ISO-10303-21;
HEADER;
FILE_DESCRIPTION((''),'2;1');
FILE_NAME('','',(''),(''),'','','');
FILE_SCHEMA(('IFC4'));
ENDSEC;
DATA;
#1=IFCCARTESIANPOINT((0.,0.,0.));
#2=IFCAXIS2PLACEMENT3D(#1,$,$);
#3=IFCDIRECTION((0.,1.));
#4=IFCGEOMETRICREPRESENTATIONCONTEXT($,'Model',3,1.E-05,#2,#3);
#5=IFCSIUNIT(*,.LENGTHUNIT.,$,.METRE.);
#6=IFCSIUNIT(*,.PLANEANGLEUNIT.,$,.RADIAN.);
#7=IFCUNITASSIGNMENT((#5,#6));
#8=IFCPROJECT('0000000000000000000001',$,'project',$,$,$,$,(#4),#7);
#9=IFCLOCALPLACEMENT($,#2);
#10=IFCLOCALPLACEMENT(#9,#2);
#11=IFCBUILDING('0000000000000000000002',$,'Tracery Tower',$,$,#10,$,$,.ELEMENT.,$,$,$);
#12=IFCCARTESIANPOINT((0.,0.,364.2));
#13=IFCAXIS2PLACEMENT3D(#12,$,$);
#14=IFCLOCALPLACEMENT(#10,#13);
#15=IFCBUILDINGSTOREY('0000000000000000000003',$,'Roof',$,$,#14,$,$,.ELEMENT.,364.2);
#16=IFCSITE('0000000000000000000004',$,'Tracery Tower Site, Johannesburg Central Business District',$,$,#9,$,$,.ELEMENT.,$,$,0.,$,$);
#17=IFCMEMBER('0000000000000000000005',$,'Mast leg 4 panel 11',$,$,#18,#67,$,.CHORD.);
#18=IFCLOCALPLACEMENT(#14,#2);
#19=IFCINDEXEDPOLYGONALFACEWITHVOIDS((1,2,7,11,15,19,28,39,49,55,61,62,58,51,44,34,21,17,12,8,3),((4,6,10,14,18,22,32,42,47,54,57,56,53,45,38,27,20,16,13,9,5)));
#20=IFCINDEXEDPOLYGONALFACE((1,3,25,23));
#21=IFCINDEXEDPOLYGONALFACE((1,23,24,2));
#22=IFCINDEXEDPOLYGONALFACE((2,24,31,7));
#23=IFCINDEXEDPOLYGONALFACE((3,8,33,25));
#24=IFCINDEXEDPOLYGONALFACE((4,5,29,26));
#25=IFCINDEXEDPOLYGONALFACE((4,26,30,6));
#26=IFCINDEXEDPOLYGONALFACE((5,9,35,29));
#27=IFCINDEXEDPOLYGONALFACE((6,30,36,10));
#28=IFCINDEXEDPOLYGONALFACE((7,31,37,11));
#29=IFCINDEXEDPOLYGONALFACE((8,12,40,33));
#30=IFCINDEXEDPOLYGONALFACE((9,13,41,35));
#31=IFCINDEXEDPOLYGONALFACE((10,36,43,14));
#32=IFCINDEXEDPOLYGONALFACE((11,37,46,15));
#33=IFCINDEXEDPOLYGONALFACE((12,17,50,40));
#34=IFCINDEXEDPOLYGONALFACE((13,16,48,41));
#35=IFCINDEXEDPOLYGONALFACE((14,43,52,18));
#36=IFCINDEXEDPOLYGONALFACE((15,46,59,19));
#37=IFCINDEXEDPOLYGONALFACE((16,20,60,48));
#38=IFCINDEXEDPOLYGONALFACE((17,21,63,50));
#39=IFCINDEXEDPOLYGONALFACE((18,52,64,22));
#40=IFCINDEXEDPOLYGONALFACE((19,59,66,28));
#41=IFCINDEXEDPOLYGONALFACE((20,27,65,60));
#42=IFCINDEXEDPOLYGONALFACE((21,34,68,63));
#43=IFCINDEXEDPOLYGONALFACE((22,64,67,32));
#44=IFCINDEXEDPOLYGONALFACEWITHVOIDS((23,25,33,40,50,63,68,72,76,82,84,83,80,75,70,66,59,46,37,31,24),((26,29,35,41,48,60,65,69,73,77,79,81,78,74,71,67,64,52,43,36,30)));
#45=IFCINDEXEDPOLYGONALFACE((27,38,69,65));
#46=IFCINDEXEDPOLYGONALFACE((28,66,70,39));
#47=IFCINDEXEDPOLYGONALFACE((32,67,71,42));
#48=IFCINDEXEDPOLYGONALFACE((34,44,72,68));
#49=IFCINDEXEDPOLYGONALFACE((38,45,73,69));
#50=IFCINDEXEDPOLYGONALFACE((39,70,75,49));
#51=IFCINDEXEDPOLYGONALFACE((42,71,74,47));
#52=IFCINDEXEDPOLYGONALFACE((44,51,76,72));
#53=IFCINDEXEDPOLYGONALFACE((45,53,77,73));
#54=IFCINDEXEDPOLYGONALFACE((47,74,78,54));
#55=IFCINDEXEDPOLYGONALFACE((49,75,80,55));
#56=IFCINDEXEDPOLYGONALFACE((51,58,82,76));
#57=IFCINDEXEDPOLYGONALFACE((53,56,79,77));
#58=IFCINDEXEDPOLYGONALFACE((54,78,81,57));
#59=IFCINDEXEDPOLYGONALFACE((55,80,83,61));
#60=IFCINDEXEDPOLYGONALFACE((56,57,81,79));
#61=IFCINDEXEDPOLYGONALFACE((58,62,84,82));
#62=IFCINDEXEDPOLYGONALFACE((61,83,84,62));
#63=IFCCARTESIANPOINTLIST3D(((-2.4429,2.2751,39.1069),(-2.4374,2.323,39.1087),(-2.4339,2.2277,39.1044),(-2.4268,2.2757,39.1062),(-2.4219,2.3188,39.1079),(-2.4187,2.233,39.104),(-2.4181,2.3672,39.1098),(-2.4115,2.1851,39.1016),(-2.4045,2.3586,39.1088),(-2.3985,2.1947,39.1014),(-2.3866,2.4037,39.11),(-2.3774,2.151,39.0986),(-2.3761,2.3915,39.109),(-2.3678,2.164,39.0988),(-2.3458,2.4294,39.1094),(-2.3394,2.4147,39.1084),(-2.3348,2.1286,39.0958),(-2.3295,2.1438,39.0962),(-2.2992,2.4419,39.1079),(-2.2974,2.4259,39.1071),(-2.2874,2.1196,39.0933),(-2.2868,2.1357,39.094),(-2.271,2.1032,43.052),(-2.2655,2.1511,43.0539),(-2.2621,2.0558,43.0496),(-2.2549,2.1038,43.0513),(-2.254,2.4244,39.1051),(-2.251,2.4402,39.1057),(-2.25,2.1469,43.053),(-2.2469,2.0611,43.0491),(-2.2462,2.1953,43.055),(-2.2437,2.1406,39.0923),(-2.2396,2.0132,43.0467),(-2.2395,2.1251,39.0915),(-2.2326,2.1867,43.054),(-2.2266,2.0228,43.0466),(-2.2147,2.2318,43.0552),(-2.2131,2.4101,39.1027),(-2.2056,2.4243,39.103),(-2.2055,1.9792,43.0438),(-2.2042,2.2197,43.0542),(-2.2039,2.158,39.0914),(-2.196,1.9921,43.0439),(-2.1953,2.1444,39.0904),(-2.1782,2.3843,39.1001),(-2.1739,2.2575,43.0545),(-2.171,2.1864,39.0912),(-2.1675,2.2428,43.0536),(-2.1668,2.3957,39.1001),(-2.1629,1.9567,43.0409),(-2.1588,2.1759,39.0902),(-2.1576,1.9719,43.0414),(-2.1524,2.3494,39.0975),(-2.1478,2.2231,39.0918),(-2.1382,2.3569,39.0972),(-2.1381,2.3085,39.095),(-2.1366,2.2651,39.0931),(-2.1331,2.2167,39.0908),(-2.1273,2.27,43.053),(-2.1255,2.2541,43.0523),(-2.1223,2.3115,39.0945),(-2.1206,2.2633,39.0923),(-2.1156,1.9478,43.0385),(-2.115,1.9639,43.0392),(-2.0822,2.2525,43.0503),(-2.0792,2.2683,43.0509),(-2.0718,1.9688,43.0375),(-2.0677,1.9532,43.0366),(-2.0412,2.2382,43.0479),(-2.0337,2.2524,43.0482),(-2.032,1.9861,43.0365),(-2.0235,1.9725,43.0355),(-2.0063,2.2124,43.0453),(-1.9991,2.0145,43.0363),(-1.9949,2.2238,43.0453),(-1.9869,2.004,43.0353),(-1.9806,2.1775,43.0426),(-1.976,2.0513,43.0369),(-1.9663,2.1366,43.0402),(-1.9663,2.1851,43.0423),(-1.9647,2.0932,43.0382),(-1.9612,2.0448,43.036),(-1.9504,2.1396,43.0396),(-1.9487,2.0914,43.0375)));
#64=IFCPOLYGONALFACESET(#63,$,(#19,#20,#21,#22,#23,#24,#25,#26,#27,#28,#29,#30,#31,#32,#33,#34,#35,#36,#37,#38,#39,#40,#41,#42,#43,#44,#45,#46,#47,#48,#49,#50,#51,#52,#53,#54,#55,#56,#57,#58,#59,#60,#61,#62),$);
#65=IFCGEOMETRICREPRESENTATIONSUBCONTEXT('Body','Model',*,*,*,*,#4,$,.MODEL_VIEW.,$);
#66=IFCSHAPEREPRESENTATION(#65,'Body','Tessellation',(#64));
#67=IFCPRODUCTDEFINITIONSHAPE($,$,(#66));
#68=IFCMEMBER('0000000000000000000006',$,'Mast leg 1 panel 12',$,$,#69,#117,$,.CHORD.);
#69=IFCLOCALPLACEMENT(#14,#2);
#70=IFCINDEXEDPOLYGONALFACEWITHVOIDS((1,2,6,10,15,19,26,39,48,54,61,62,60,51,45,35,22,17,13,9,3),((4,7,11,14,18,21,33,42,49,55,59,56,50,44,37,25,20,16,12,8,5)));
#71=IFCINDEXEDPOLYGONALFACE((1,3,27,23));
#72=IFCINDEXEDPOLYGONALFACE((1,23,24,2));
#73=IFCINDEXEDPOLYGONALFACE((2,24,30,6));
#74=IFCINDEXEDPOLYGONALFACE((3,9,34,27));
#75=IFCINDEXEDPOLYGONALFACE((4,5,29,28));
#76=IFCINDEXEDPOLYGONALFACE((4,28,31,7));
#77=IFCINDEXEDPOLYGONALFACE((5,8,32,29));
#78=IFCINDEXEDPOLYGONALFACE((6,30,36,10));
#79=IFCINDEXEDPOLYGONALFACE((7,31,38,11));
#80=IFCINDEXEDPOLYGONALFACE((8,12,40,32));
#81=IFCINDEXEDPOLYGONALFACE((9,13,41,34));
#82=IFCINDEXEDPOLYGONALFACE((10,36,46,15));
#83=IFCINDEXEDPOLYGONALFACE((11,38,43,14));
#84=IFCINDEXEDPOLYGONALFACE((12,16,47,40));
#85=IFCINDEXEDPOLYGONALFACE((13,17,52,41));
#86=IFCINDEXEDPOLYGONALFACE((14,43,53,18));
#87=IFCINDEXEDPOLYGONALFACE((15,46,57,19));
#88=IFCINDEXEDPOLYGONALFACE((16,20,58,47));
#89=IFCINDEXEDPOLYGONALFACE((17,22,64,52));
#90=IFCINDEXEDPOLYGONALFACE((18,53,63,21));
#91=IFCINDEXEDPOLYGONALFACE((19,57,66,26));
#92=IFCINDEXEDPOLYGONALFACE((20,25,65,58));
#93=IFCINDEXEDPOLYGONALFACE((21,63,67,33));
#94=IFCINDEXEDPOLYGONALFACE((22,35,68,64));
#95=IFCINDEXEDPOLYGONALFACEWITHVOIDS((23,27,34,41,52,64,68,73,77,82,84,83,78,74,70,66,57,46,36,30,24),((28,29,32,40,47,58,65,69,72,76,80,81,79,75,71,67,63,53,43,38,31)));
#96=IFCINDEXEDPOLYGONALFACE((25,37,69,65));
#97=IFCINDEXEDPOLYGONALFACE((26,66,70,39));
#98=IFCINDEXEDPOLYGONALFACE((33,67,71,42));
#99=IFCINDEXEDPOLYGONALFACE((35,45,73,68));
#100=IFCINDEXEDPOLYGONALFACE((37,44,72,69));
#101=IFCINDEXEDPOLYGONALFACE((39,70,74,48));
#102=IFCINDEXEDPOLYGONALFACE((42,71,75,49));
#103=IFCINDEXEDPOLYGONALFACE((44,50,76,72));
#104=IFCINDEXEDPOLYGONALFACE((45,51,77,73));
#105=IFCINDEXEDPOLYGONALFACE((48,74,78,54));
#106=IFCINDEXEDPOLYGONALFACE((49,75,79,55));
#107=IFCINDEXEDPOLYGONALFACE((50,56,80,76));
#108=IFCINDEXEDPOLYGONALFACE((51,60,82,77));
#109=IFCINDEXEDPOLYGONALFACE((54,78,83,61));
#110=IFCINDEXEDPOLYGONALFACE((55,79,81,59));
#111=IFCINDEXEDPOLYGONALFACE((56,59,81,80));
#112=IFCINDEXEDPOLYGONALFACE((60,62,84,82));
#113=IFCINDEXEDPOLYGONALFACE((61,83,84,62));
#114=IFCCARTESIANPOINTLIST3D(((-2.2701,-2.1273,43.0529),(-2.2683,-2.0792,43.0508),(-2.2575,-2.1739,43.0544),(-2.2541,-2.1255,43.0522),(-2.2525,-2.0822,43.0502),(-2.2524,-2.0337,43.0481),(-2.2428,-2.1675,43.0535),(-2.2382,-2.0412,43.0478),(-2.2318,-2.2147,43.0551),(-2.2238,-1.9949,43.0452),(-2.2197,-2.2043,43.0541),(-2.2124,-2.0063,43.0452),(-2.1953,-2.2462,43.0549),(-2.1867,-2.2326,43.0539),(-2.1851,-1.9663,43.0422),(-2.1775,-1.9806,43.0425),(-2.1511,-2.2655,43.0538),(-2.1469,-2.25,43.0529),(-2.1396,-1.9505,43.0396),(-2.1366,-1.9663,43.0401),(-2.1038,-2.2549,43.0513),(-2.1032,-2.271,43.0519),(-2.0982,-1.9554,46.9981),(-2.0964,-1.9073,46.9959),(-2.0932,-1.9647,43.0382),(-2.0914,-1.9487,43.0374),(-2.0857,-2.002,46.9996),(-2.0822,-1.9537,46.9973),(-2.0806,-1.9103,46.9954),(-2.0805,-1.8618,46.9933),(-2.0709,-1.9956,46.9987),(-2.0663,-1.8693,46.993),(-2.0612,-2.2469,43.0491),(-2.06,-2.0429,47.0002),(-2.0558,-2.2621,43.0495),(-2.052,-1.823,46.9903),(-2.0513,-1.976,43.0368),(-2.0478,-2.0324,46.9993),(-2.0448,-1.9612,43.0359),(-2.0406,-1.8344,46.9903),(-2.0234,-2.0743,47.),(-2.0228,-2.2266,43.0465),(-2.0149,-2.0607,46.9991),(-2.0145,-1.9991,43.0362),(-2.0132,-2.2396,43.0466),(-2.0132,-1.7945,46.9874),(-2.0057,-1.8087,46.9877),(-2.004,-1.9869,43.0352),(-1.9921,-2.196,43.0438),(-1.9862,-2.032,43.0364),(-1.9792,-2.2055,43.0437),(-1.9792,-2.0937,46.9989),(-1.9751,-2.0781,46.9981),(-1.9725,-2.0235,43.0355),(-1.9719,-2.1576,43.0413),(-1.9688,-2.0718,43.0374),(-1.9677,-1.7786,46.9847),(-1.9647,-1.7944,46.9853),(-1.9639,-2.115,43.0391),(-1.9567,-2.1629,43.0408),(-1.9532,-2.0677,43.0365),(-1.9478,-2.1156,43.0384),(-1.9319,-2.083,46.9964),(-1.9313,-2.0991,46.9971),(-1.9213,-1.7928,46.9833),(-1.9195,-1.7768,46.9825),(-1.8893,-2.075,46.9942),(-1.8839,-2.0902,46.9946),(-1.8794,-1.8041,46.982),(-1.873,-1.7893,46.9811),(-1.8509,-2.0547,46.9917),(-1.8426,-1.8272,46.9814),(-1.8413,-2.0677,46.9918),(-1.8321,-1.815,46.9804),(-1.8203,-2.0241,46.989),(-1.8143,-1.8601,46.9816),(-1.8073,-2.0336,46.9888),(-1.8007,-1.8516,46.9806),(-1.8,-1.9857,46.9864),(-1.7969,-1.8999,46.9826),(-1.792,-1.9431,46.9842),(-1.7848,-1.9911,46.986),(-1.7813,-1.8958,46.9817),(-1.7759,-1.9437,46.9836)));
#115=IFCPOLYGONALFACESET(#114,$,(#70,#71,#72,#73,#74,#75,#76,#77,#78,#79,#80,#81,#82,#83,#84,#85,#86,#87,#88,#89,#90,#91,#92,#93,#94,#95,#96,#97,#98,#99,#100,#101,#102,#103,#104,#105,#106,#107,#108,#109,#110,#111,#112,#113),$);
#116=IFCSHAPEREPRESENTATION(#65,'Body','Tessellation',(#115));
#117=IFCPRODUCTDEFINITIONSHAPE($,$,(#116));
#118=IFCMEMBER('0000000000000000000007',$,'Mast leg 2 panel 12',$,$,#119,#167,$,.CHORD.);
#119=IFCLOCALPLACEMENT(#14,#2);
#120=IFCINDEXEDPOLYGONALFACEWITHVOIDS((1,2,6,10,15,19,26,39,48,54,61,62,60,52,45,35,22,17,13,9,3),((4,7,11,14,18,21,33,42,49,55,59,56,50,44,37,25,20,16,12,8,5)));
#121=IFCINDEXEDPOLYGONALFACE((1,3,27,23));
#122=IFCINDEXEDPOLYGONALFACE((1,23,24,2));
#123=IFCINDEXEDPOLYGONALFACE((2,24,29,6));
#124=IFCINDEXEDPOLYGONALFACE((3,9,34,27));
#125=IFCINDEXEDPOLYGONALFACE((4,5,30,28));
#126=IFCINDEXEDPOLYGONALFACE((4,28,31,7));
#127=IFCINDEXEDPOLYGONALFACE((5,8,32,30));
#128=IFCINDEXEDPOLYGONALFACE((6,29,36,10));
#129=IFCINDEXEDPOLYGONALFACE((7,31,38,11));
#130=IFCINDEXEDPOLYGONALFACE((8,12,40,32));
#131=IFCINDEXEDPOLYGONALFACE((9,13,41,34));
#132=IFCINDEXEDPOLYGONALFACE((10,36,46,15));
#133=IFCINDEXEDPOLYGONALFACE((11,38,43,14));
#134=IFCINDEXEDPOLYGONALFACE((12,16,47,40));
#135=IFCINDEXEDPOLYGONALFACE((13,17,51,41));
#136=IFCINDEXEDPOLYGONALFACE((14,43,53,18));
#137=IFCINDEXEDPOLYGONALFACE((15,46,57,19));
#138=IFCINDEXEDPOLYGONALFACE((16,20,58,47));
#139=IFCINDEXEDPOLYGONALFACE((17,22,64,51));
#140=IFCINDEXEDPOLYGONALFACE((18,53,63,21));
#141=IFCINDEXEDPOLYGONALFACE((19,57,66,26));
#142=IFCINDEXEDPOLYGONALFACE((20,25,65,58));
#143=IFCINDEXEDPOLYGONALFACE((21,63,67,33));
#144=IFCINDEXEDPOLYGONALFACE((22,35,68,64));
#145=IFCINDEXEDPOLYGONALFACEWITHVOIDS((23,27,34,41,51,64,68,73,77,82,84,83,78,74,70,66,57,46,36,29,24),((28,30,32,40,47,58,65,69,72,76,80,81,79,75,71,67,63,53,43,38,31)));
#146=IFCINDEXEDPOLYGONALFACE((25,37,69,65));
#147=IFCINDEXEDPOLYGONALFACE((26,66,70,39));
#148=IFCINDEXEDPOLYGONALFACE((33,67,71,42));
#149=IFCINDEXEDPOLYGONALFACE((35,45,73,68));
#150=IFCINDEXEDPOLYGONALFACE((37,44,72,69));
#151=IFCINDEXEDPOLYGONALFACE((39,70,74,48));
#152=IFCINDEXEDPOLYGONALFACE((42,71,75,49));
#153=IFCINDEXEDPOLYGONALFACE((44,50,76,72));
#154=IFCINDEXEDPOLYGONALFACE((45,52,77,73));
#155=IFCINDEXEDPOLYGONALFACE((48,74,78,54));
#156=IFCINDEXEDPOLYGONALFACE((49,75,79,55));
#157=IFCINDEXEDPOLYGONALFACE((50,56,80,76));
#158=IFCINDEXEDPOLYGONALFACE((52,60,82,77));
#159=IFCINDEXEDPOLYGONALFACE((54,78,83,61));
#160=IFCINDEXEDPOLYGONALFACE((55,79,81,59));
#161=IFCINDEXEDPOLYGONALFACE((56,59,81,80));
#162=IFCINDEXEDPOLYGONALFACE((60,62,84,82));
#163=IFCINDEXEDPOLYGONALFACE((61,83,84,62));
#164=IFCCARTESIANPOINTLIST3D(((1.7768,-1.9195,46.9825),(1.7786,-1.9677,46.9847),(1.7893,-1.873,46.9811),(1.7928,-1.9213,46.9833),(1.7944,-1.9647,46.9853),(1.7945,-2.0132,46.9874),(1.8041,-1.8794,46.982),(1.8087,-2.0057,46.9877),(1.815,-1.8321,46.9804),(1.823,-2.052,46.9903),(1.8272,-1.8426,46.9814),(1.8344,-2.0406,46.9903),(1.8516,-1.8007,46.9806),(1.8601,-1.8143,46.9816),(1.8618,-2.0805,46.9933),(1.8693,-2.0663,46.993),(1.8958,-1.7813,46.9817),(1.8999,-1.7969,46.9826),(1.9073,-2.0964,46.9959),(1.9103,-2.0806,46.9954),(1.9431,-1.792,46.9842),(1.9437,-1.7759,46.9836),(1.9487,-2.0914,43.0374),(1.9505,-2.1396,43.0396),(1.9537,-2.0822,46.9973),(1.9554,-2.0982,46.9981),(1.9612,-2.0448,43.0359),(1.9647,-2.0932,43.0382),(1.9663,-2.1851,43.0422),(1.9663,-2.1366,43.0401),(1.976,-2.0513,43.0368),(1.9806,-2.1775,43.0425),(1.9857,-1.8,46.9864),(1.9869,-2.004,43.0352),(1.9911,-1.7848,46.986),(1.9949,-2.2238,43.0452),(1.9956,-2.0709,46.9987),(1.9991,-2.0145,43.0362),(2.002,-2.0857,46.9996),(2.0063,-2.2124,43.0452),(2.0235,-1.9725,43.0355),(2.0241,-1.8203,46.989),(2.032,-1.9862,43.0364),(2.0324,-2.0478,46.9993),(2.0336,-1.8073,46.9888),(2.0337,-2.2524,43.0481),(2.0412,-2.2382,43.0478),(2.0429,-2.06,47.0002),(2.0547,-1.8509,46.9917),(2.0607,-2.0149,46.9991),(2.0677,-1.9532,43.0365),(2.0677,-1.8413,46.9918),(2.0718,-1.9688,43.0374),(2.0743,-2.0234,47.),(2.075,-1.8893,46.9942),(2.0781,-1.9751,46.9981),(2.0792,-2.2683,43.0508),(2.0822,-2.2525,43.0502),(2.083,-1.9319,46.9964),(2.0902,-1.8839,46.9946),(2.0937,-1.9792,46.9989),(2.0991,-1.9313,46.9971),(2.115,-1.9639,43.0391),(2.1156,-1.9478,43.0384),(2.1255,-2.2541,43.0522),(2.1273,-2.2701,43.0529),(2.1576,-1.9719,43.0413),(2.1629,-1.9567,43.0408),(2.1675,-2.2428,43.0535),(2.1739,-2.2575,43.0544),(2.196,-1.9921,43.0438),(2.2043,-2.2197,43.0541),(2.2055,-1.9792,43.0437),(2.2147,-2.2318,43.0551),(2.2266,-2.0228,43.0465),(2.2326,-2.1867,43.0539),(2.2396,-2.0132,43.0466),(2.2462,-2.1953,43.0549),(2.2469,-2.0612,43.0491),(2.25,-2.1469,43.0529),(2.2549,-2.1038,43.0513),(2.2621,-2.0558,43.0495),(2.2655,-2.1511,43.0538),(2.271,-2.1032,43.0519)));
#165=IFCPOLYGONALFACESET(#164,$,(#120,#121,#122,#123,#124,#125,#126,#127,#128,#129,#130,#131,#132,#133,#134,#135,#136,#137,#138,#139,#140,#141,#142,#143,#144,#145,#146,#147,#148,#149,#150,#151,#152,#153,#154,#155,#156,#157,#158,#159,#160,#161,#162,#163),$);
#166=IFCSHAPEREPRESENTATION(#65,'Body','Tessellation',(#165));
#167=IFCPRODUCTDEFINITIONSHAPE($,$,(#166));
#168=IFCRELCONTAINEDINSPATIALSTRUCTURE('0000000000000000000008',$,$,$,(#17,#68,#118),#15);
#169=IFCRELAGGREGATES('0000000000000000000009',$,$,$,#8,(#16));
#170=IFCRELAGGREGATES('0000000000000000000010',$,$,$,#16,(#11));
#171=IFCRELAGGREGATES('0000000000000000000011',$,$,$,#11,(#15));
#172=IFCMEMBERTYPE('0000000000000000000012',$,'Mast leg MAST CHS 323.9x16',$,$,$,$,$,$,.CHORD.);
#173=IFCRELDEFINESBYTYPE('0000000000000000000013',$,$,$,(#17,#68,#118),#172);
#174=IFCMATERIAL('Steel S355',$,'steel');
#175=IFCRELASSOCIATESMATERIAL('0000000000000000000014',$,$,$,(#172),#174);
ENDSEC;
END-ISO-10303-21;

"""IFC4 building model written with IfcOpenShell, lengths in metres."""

from ifc_helpers import new_model, si_unit, direction, frame, origin, origin_2d, place, context, subcontext, project, spatial, hollow_circle, extrude, material, material_profile, profile_set, type_object, element, save


model = new_model("IFC4")

# Units and contexts
model_context = context("Model", 3, precision=1e-05, world=origin(), true_north=direction((0.0, 1.0)))
body_context = subcontext(model_context, "Body", "Model", "MODEL_VIEW")
ifc_project = project(units=[si_unit("LENGTHUNIT", "METRE"), si_unit("PLANEANGLEUNIT", "RADIAN")], contexts=[model_context])

# Site, building, storey
site_placement = place(None, origin())
site = spatial("IfcSite", under=ifc_project, at=site_placement, Name="Tracery Tower Site, Johannesburg Central Business District", CompositionType="ELEMENT", RefElevation=0.0)
building_placement = place(site_placement, origin())
building = spatial("IfcBuilding", under=site, at=building_placement, Name="Tracery Tower", CompositionType="ELEMENT")
storey_placement = place(building_placement, frame((0.0, 0.0, 364.2)))
storey = spatial("IfcBuildingStorey", under=building, at=storey_placement, Name="Roof", CompositionType="ELEMENT", Elevation=364.2)

# Members
ifc_material_1 = material(Name="Steel S355", Category="steel")
ifc_material_profile_1 = material_profile(ifc_material_1, hollow_circle(Radius=0.1619, WallThickness=0.0161, at=origin_2d()), Name="CHS 323.9x16")
ifc_profile_set_1 = profile_set([ifc_material_profile_1], Name="Steel S355")
member_type_1 = type_object("IfcMemberType", Name="Mast leg MAST CHS 323.9x16", PredefinedType="CHORD", material=ifc_profile_set_1)
for number, where, z_axis, x_axis, name in (
    (1, (-2.2812, 2.2812, 39.1001), (0.043485, -0.043485, 0.998107), (0.707107, 0.707107, 0.0), "Mast leg 4 panel 11"),
    (2, (-2.1094, -2.1094, 43.0452), (0.043485, 0.043485, 0.998107), (-0.707107, 0.707107, 0.0), "Mast leg 1 panel 12"),
    (3, (2.1094, -2.1094, 43.0452), (-0.043485, 0.043485, 0.998107), (-0.707107, -0.707107, 0.0), "Mast leg 2 panel 12"),
):
    element("IfcMember", number, at=place(storey_placement, frame(where, z_axis=z_axis, x_axis=x_axis)), inside=storey, type_object=member_type_1, Name=name, PredefinedType="CHORD", context=body_context, shape_type="SweptSolid", body=[
        extrude(hollow_circle(Radius=0.1619, WallThickness=0.0161, at=origin_2d()), origin(), (0.0, 0.0, 1.0), 3.9526),
    ])

save(model, "model.ifc")
